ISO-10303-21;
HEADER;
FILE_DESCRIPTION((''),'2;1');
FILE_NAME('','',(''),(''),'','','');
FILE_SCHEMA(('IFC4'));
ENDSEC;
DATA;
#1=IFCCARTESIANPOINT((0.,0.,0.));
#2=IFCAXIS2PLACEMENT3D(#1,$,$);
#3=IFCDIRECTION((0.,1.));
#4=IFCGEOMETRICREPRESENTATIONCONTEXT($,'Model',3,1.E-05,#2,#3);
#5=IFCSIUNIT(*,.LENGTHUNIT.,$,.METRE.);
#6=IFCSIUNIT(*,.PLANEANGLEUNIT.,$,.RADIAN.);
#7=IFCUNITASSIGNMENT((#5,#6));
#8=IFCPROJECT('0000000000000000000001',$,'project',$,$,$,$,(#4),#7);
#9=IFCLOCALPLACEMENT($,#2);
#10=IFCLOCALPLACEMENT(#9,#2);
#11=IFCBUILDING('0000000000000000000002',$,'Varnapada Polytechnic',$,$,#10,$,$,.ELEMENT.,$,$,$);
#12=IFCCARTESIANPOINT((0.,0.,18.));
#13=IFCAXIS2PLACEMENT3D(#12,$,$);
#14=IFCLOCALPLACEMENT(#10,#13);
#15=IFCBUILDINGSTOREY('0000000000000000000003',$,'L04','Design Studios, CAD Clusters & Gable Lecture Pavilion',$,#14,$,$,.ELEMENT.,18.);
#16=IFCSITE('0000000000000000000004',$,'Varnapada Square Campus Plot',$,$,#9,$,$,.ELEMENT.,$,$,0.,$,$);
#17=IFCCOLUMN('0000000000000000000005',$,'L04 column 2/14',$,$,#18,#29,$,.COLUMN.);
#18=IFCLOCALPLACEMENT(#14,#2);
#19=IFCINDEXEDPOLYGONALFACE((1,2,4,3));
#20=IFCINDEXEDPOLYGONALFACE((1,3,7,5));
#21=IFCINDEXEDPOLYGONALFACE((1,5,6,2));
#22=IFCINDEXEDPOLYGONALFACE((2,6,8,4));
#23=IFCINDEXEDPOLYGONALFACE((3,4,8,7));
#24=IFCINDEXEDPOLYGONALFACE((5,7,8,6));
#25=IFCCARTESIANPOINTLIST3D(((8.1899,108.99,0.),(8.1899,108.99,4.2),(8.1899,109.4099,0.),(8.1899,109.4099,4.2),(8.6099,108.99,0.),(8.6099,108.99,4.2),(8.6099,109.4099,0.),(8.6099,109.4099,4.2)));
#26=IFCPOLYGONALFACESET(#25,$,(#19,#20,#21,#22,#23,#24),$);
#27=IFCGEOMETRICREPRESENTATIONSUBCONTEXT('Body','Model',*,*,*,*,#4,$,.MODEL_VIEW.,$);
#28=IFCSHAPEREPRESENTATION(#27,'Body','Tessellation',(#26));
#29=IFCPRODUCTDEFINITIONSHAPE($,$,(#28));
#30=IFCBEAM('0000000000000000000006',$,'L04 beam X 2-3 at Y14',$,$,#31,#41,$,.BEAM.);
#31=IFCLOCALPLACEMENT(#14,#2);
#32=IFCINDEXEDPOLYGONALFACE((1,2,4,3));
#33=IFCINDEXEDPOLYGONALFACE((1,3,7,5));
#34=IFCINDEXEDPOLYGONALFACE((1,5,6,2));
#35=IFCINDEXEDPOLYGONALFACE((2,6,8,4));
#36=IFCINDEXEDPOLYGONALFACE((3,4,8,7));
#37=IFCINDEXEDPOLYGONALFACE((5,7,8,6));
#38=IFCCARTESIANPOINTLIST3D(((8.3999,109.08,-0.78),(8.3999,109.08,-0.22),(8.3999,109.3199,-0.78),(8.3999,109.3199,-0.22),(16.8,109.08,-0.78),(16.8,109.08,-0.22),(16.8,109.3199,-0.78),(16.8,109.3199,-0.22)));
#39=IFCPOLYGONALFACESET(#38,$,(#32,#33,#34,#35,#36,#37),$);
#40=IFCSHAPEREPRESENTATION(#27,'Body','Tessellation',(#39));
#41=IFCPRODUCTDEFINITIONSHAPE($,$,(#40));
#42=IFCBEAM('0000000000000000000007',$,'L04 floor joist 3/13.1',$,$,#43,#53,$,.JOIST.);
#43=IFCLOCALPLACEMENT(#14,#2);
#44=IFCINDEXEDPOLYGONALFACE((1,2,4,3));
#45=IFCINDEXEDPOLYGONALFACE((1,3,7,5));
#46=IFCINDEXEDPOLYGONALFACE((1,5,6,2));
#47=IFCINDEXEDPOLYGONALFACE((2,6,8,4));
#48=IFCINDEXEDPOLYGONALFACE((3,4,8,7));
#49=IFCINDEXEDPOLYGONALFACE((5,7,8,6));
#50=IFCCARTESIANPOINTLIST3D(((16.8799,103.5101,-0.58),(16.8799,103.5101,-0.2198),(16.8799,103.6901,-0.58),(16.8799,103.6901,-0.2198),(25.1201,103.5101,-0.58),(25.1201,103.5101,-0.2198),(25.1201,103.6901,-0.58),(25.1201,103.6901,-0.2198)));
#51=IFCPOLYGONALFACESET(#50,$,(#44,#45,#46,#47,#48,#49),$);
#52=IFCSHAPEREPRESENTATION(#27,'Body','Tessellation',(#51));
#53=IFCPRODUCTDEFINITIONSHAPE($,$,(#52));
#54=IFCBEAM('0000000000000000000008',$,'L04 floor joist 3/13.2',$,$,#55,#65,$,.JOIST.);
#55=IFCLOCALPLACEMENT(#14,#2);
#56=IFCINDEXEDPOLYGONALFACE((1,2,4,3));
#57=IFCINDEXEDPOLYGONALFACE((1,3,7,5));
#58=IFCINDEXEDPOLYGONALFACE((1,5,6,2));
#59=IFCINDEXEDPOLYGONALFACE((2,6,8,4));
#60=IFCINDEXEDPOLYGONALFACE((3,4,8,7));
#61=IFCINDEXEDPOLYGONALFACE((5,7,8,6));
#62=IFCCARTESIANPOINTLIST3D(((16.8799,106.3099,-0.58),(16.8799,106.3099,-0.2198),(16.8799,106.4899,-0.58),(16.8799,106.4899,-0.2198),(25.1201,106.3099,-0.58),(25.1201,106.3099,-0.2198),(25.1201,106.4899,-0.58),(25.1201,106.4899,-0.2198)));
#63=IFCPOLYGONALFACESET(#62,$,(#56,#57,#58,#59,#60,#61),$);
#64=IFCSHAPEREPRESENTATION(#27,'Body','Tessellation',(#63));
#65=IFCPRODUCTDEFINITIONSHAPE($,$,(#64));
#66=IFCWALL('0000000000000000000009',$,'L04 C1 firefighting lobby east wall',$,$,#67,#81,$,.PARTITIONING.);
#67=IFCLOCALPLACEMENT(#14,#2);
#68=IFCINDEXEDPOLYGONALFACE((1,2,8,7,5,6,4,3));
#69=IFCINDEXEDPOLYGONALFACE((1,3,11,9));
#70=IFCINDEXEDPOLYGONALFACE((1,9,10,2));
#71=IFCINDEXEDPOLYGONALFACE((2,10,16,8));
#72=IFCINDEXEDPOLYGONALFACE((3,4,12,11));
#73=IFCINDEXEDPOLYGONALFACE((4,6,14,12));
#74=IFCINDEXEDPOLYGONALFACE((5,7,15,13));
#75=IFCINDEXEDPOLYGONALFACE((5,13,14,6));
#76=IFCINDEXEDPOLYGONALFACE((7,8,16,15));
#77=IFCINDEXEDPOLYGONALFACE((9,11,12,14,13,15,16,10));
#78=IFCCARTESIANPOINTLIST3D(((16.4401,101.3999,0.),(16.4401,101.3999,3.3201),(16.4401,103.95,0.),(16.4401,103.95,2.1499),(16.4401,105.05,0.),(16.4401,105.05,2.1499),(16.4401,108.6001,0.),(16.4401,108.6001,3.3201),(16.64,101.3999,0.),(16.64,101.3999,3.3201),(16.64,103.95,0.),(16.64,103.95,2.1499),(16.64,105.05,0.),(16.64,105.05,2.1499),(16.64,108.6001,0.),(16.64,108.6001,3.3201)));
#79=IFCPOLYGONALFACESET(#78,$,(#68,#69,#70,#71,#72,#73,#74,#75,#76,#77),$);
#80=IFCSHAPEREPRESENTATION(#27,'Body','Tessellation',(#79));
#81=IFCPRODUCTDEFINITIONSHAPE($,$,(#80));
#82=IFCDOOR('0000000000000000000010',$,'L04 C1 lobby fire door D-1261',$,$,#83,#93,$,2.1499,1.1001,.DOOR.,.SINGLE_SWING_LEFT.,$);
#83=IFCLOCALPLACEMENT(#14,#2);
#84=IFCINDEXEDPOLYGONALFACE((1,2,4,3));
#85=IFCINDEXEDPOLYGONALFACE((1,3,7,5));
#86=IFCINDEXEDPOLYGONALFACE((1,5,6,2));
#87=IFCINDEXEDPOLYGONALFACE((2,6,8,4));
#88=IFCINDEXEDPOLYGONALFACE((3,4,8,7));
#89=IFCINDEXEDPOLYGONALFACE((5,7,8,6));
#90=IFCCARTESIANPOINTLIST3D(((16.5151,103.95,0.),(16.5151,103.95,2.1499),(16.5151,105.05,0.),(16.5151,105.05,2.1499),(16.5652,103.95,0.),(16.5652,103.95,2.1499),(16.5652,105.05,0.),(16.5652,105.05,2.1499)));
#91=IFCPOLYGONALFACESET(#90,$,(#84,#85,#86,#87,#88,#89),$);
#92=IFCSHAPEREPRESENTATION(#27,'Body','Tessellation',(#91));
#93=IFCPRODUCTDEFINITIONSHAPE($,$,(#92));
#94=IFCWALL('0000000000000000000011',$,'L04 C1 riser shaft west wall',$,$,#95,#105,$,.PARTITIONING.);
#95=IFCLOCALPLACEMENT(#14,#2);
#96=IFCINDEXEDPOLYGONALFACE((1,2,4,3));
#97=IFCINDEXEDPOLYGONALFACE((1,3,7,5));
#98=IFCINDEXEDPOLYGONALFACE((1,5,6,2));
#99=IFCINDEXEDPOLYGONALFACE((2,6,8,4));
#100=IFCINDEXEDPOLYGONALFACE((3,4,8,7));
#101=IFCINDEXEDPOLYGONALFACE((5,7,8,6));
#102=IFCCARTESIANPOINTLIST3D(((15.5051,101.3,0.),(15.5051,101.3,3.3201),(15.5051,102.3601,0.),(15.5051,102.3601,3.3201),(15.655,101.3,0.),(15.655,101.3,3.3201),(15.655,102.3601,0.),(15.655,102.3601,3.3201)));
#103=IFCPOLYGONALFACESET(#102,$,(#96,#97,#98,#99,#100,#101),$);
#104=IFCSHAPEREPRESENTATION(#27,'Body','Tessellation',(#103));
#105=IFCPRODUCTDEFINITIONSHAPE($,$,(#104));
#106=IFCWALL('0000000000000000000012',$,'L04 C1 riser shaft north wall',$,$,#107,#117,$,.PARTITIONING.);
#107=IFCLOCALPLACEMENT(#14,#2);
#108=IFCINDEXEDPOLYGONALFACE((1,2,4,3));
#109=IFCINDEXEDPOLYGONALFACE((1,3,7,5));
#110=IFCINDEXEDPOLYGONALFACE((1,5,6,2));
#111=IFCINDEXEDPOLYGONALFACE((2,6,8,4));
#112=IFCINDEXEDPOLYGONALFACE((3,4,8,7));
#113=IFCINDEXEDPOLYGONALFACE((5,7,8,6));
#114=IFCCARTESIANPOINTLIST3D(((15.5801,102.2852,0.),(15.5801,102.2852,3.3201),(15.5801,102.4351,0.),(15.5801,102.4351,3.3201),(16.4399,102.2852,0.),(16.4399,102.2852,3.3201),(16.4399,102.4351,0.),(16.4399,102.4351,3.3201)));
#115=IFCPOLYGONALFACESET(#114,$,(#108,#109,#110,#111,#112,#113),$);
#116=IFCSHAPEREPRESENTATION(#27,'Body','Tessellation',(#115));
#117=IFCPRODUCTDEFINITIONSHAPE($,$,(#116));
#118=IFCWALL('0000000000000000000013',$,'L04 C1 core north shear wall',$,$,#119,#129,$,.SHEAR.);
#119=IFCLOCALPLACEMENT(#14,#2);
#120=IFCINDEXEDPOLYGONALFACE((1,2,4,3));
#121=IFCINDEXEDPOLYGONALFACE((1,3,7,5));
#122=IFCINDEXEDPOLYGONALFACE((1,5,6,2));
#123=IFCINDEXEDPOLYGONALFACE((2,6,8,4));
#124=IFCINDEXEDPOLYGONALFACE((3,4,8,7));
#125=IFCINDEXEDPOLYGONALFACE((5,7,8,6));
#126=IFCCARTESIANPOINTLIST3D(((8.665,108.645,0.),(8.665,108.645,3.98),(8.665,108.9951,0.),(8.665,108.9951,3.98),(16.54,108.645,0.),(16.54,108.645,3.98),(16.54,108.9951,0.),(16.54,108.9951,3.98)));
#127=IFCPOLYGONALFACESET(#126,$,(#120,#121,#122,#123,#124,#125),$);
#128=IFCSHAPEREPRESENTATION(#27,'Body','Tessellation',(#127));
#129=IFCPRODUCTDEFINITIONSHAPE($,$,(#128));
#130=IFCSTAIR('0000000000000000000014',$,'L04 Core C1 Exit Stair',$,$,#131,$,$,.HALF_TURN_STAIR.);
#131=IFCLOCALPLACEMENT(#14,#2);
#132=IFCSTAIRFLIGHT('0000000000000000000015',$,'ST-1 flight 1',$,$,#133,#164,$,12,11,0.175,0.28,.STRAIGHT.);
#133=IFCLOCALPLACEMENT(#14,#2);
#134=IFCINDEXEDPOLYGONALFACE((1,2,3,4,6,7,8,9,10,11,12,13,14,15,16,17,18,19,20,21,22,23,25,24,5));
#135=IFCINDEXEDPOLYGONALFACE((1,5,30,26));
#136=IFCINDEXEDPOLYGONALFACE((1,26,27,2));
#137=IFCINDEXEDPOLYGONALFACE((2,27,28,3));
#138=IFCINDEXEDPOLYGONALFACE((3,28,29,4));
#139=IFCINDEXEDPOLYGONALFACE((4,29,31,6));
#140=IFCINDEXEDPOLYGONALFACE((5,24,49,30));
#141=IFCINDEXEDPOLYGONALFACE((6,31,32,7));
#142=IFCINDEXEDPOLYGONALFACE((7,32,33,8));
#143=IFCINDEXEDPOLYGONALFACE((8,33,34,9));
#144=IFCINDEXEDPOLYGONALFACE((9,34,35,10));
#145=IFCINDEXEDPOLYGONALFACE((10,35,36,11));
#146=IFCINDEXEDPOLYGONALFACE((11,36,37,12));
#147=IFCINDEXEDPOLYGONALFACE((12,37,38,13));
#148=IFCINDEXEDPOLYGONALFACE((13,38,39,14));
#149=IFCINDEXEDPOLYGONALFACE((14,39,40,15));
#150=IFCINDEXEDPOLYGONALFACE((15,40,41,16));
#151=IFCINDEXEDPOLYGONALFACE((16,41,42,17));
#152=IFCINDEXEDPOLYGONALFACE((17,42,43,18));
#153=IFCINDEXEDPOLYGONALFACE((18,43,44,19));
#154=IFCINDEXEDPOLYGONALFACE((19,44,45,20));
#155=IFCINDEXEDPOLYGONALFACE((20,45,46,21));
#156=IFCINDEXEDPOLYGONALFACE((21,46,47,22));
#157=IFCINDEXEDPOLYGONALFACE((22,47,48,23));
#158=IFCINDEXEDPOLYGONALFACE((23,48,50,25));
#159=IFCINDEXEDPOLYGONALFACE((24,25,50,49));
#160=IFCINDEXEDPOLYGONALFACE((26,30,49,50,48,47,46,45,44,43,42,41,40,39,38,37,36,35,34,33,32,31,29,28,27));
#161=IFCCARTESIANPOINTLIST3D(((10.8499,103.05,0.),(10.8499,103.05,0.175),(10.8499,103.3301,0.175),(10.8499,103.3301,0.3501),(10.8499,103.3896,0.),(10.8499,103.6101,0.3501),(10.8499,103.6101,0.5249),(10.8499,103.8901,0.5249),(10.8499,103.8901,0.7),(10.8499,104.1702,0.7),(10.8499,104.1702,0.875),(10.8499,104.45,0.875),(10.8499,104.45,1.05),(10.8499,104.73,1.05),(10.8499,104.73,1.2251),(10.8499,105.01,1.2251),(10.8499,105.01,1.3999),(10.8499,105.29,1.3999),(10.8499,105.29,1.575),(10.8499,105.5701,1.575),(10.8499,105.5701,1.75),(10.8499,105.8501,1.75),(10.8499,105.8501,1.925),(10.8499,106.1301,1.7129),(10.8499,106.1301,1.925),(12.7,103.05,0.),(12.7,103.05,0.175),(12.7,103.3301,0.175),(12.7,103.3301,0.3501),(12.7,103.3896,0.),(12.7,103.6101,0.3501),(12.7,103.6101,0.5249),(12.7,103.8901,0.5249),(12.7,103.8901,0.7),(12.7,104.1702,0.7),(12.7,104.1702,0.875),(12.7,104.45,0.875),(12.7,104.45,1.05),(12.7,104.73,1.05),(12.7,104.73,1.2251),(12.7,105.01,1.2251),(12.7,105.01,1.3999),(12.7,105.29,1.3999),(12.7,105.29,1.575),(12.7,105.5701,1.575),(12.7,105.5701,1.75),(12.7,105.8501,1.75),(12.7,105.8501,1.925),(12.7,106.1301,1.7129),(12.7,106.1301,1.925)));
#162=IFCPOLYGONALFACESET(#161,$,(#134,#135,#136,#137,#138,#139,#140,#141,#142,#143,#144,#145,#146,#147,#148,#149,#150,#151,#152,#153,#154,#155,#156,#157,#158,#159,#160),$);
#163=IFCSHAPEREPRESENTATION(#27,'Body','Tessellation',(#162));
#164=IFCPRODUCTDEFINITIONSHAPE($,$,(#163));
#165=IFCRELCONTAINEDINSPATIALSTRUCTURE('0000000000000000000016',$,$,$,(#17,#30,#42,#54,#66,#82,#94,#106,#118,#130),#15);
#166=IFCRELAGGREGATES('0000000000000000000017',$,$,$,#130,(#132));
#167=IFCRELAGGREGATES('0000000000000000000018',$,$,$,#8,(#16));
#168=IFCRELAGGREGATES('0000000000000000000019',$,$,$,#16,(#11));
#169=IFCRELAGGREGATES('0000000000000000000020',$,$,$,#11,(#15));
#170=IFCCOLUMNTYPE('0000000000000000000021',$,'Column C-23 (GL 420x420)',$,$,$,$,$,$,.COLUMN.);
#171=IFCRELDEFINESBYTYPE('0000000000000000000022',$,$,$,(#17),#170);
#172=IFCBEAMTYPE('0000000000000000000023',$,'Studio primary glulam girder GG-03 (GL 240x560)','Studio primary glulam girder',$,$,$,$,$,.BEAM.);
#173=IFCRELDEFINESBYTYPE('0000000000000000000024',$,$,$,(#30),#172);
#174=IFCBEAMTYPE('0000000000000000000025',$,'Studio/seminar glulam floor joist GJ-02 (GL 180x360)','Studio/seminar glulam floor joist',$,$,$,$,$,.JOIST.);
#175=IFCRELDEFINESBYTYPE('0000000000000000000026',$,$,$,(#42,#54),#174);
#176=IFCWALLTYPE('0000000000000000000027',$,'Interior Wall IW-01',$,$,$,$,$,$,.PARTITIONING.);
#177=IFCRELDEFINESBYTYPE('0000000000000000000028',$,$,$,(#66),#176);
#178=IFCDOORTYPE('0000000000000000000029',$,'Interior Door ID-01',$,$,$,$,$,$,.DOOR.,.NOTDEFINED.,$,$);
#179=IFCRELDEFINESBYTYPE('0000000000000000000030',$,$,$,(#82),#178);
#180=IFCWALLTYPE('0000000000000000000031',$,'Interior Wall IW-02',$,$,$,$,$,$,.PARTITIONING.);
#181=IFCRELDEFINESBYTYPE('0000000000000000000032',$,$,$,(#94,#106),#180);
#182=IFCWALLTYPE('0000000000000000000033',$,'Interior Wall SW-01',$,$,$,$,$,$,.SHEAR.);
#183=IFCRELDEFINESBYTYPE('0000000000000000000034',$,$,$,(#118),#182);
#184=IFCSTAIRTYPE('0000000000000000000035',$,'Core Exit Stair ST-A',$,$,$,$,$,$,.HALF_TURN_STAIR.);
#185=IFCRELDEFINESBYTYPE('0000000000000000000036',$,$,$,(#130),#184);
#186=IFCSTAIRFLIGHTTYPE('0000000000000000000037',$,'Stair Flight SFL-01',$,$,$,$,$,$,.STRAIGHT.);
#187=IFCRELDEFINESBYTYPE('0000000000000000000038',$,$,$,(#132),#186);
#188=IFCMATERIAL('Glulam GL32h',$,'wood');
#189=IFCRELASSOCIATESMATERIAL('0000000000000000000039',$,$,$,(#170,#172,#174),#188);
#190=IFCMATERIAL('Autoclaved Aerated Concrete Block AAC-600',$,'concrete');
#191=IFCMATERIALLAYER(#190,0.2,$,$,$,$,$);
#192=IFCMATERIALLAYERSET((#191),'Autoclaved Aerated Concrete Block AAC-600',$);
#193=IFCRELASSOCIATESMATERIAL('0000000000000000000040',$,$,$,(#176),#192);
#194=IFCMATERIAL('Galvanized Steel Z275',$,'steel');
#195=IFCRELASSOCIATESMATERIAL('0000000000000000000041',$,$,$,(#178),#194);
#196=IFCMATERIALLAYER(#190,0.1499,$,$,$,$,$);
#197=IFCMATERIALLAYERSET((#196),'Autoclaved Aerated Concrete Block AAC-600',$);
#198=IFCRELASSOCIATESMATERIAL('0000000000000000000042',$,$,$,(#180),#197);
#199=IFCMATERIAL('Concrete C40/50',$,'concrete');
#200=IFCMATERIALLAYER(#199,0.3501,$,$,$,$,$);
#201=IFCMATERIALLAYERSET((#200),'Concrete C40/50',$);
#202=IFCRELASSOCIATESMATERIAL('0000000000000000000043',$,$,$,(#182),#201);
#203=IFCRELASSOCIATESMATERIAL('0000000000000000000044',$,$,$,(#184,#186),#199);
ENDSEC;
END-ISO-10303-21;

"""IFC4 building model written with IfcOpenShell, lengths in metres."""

from ifc_helpers import new_model, si_unit, direction, frame, frame_2d, origin, origin_2d, place, context, subcontext, project, spatial, polyline, rectangle, outline, extrude, material, layer, layer_set, material_profile, profile_set, type_object, element, fill, aggregate, save


model = new_model("IFC4")

# Units and contexts
model_context = context("Model", 3, precision=1e-05, world=origin(), true_north=direction((0.0, 1.0)))
body_context = subcontext(model_context, "Body", "Model", "MODEL_VIEW")
ifc_project = project(units=[si_unit("LENGTHUNIT", "METRE"), si_unit("PLANEANGLEUNIT", "RADIAN")], contexts=[model_context])

# Site, building, storey
site_placement = place(None, origin())
site = spatial("IfcSite", under=ifc_project, at=site_placement, Name="Varnapada Square Campus Plot", CompositionType="ELEMENT", RefElevation=0.0)
building_placement = place(site_placement, origin())
building = spatial("IfcBuilding", under=site, at=building_placement, Name="Varnapada Polytechnic", CompositionType="ELEMENT")
storey_placement = place(building_placement, frame((0.0, 0.0, 18.0)))
storey = spatial("IfcBuildingStorey", under=building, at=storey_placement, Name="L04", Description="Design Studios, CAD Clusters & Gable Lecture Pavilion", CompositionType="ELEMENT", Elevation=18.0)

# Column
ifc_material_1 = material(Name="Glulam GL32h", Category="wood")
ifc_material_profile_1 = material_profile(ifc_material_1, rectangle(XDim=0.4199, YDim=0.4199, at=origin_2d()), Name="GL 420x420")
ifc_profile_set_1 = profile_set([ifc_material_profile_1], Name="Glulam GL32h")
column_type = type_object("IfcColumnType", Name="Column C-23 (GL 420x420)", PredefinedType="COLUMN", material=ifc_profile_set_1)
column_placement = place(storey_placement, frame((8.3999, 109.2, 0.0), z_axis=(0.0, 0.0, 1.0), x_axis=(1.0, 0.0, 0.0)))
element("IfcColumn", 1, at=column_placement, inside=storey, type_object=column_type, Name="L04 column 2/14", PredefinedType="COLUMN", context=body_context, shape_type="SweptSolid", body=[
    extrude(rectangle(XDim=0.4199, YDim=0.4199, at=origin_2d()), origin(), (0.0, 0.0, 1.0), 4.2),
])

# Beams
ifc_material_profile_2 = material_profile(ifc_material_1, rectangle(XDim=0.24, YDim=0.5601, at=origin_2d()), Name="GL 240x560")
ifc_profile_set_2 = profile_set([ifc_material_profile_2], Name="Glulam GL32h")
beam_type_1 = type_object("IfcBeamType", Name="Studio primary glulam girder GG-03 (GL 240x560)", Description="Studio primary glulam girder", PredefinedType="BEAM", material=ifc_profile_set_2)
beam_placement = place(storey_placement, frame((8.3999, 109.2, -0.5), z_axis=(1.0, 0.0, 0.0), x_axis=(0.0, 1.0, 0.0)))
element("IfcBeam", 2, at=beam_placement, inside=storey, type_object=beam_type_1, Name="L04 beam X 2-3 at Y14", PredefinedType="BEAM", context=body_context, shape_type="SweptSolid", body=[
    extrude(rectangle(XDim=0.24, YDim=0.5601, at=origin_2d()), origin(), (0.0, 0.0, 1.0), 8.4001),
])
ifc_material_profile_3 = material_profile(ifc_material_1, rectangle(XDim=0.1799, YDim=0.3601, at=origin_2d()), Name="GL 180x360")
ifc_profile_set_3 = profile_set([ifc_material_profile_3], Name="Glulam GL32h")
beam_type_2 = type_object("IfcBeamType", Name="Studio/seminar glulam floor joist GJ-02 (GL 180x360)", Description="Studio/seminar glulam floor joist", PredefinedType="JOIST", material=ifc_profile_set_3)
for number, where, z_axis, x_axis, name in (
    (3, (16.8799, 103.6001, -0.3999), (1.0, 0.0, 0.0), (0.0, 1.0, 0.0), "L04 floor joist 3/13.1"),
    (4, (16.8799, 106.3999, -0.3999), (1.0, 0.0, 0.0), (0.0, 1.0, 0.0), "L04 floor joist 3/13.2"),
):
    element("IfcBeam", number, at=place(storey_placement, frame(where, z_axis=z_axis, x_axis=x_axis)), inside=storey, type_object=beam_type_2, Name=name, PredefinedType="JOIST", context=body_context, shape_type="SweptSolid", body=[
        extrude(rectangle(XDim=0.1799, YDim=0.3601, at=origin_2d()), origin(), (0.0, 0.0, 1.0), 8.2402),
    ])

# Wall, opening, door
ifc_material_2 = material(Name="Autoclaved Aerated Concrete Block AAC-600", Category="concrete")
ifc_layer_1 = layer(ifc_material_2, 0.2)
ifc_layer_set_1 = layer_set([ifc_layer_1], Name="Autoclaved Aerated Concrete Block AAC-600")
wall_type_1 = type_object("IfcWallType", Name="Interior Wall IW-01", PredefinedType="PARTITIONING", material=ifc_layer_set_1)
wall_1_placement = place(storey_placement, frame((16.54, 108.6001, 0.0), z_axis=(0.0, 0.0, 1.0), x_axis=(0.0, -1.0, 0.0)))
wall_1 = element("IfcWall", 5, at=wall_1_placement, inside=storey, type_object=wall_type_1, Name="L04 C1 firefighting lobby east wall", PredefinedType="PARTITIONING", context=body_context, shape_type="SweptSolid", body=[
    extrude(rectangle(XDim=7.2002, YDim=0.2, at=frame_2d((3.6001, 0.0))), origin(), (0.0, 0.0, 1.0), 3.3201),
])
opening_1_placement = place(wall_1_placement, frame((3.55, 0.0, 0.0)))
opening_1 = element("IfcOpeningElement", 6, at=opening_1_placement, cuts=wall_1, PredefinedType="OPENING", context=body_context, shape_type="SweptSolid", body=[
    extrude(rectangle(XDim=1.1001, YDim=2.1499, at=frame_2d((0.55, 1.075))), frame((0.0, 0.1099, 0.0), z_axis=(0.0, -1.0, 0.0), x_axis=(1.0, 0.0, 0.0)), (0.0, 0.0, 1.0), 0.22),
])
ifc_material_3 = material(Name="Galvanized Steel Z275", Category="steel")
door_type_1 = type_object("IfcDoorType", Name="Interior Door ID-01", OperationType="NOTDEFINED", PredefinedType="DOOR", material=ifc_material_3)
door_1_placement = place(opening_1_placement, frame((1.1001, 0.0, 0.0), z_axis=(0.0, 0.0, 1.0), x_axis=(-1.0, 0.0, 0.0)))
door_1 = element("IfcDoor", 7, at=door_1_placement, inside=storey, type_object=door_type_1, Name="L04 C1 lobby fire door D-1261", OperationType="SINGLE_SWING_LEFT", OverallHeight=2.1499, OverallWidth=1.1001, PredefinedType="DOOR", context=body_context, shape_type="SweptSolid", body=[
    extrude(rectangle(XDim=1.1001, YDim=2.1499, at=frame_2d((0.55, 1.075))), frame((0.0, 0.0249, 0.0), z_axis=(0.0, -1.0, 0.0), x_axis=(1.0, 0.0, 0.0)), (0.0, 0.0, 1.0), 0.05),
])
fill(opening_1, door_1)

# Walls
ifc_layer_2 = layer(ifc_material_2, 0.1499)
ifc_layer_set_2 = layer_set([ifc_layer_2], Name="Autoclaved Aerated Concrete Block AAC-600")
wall_type_2 = type_object("IfcWallType", Name="Interior Wall IW-02", PredefinedType="PARTITIONING", material=ifc_layer_set_2)
wall_2_placement = place(storey_placement, frame((15.5801, 102.3601, 0.0), z_axis=(0.0, 0.0, 1.0), x_axis=(0.0, -1.0, 0.0)))
element("IfcWall", 8, at=wall_2_placement, inside=storey, type_object=wall_type_2, Name="L04 C1 riser shaft west wall", PredefinedType="PARTITIONING", context=body_context, shape_type="SweptSolid", body=[
    extrude(rectangle(XDim=1.0601, YDim=0.1499, at=frame_2d((0.53, 0.0))), origin(), (0.0, 0.0, 1.0), 3.3201),
])
wall_3_placement = place(storey_placement, frame((15.5801, 102.3601, 0.0), z_axis=(0.0, 0.0, 1.0), x_axis=(1.0, 0.0, 0.0)))
element("IfcWall", 9, at=wall_3_placement, inside=storey, type_object=wall_type_2, Name="L04 C1 riser shaft north wall", PredefinedType="PARTITIONING", context=body_context, shape_type="SweptSolid", body=[
    extrude(rectangle(XDim=0.8599, YDim=0.1499, at=frame_2d((0.4299, 0.0))), origin(), (0.0, 0.0, 1.0), 3.3201),
])
ifc_material_4 = material(Name="Concrete C40/50", Category="concrete")
ifc_layer_3 = layer(ifc_material_4, 0.3501)
ifc_layer_set_3 = layer_set([ifc_layer_3], Name="Concrete C40/50")
wall_type_3 = type_object("IfcWallType", Name="Interior Wall SW-01", PredefinedType="SHEAR", material=ifc_layer_set_3)
wall_4_placement = place(storey_placement, frame((8.665, 108.8201, 0.0), z_axis=(0.0, 0.0, 1.0), x_axis=(1.0, 0.0, 0.0)))
element("IfcWall", 10, at=wall_4_placement, inside=storey, type_object=wall_type_3, Name="L04 C1 core north shear wall", PredefinedType="SHEAR", context=body_context, shape_type="SweptSolid", body=[
    extrude(rectangle(XDim=7.875, YDim=0.3501, at=frame_2d((3.9375, 0.0))), origin(), (0.0, 0.0, 1.0), 3.98),
])

# Stair, stair flight
stair_type = type_object("IfcStairType", Name="Core Exit Stair ST-A", PredefinedType="HALF_TURN_STAIR", material=ifc_material_4)
stair_placement = place(storey_placement, origin())
stair = element("IfcStair", 11, at=stair_placement, inside=storey, type_object=stair_type, Name="L04 Core C1 Exit Stair", PredefinedType="HALF_TURN_STAIR")
stair_flight_type = type_object("IfcStairFlightType", Name="Stair Flight SFL-01", PredefinedType="STRAIGHT", material=ifc_material_4)
stair_flight_1_placement = place(storey_placement, frame((11.7749, 103.05, 0.0), z_axis=(0.0, 0.0, 1.0), x_axis=(0.0, 1.0, 0.0)))
stair_flight_1 = element("IfcStairFlight", 12, at=stair_flight_1_placement, type_object=stair_flight_type, Name="ST-1 flight 1", NumberOfRisers=12, NumberOfTreads=11, PredefinedType="STRAIGHT", RiserHeight=0.175, TreadLength=0.28, context=body_context, shape_type="SweptSolid", body=[
    extrude(outline(polyline([(0.0, 0.0), (0.0, 0.175), (0.28, 0.175), (0.28, 0.3501), (0.5601, 0.3501), (0.5601, 0.5249), (0.8401, 0.5249), (0.8401, 0.7), (1.1201, 0.7), (1.1201, 0.875), (1.3999, 0.875), (1.3999, 1.05), (1.6799, 1.05), (1.6799, 1.2251), (1.96, 1.2251), (1.96, 1.3999), (2.24, 1.3999), (2.24, 1.575), (2.52, 1.575), (2.52, 1.75), (2.8, 1.75), (2.8, 1.925), (3.0801, 1.925), (3.0801, 2.1001), (3.0801, 1.7129), (0.3396, 0.0), (0.0, 0.0)])), frame((0.0, 0.925, 0.0), z_axis=(0.0, -1.0, 0.0), x_axis=(1.0, 0.0, 0.0)), (0.0, 0.0, 1.0), 1.8501),
])
aggregate(stair, [stair_flight_1])

save(model, "model.ifc")
